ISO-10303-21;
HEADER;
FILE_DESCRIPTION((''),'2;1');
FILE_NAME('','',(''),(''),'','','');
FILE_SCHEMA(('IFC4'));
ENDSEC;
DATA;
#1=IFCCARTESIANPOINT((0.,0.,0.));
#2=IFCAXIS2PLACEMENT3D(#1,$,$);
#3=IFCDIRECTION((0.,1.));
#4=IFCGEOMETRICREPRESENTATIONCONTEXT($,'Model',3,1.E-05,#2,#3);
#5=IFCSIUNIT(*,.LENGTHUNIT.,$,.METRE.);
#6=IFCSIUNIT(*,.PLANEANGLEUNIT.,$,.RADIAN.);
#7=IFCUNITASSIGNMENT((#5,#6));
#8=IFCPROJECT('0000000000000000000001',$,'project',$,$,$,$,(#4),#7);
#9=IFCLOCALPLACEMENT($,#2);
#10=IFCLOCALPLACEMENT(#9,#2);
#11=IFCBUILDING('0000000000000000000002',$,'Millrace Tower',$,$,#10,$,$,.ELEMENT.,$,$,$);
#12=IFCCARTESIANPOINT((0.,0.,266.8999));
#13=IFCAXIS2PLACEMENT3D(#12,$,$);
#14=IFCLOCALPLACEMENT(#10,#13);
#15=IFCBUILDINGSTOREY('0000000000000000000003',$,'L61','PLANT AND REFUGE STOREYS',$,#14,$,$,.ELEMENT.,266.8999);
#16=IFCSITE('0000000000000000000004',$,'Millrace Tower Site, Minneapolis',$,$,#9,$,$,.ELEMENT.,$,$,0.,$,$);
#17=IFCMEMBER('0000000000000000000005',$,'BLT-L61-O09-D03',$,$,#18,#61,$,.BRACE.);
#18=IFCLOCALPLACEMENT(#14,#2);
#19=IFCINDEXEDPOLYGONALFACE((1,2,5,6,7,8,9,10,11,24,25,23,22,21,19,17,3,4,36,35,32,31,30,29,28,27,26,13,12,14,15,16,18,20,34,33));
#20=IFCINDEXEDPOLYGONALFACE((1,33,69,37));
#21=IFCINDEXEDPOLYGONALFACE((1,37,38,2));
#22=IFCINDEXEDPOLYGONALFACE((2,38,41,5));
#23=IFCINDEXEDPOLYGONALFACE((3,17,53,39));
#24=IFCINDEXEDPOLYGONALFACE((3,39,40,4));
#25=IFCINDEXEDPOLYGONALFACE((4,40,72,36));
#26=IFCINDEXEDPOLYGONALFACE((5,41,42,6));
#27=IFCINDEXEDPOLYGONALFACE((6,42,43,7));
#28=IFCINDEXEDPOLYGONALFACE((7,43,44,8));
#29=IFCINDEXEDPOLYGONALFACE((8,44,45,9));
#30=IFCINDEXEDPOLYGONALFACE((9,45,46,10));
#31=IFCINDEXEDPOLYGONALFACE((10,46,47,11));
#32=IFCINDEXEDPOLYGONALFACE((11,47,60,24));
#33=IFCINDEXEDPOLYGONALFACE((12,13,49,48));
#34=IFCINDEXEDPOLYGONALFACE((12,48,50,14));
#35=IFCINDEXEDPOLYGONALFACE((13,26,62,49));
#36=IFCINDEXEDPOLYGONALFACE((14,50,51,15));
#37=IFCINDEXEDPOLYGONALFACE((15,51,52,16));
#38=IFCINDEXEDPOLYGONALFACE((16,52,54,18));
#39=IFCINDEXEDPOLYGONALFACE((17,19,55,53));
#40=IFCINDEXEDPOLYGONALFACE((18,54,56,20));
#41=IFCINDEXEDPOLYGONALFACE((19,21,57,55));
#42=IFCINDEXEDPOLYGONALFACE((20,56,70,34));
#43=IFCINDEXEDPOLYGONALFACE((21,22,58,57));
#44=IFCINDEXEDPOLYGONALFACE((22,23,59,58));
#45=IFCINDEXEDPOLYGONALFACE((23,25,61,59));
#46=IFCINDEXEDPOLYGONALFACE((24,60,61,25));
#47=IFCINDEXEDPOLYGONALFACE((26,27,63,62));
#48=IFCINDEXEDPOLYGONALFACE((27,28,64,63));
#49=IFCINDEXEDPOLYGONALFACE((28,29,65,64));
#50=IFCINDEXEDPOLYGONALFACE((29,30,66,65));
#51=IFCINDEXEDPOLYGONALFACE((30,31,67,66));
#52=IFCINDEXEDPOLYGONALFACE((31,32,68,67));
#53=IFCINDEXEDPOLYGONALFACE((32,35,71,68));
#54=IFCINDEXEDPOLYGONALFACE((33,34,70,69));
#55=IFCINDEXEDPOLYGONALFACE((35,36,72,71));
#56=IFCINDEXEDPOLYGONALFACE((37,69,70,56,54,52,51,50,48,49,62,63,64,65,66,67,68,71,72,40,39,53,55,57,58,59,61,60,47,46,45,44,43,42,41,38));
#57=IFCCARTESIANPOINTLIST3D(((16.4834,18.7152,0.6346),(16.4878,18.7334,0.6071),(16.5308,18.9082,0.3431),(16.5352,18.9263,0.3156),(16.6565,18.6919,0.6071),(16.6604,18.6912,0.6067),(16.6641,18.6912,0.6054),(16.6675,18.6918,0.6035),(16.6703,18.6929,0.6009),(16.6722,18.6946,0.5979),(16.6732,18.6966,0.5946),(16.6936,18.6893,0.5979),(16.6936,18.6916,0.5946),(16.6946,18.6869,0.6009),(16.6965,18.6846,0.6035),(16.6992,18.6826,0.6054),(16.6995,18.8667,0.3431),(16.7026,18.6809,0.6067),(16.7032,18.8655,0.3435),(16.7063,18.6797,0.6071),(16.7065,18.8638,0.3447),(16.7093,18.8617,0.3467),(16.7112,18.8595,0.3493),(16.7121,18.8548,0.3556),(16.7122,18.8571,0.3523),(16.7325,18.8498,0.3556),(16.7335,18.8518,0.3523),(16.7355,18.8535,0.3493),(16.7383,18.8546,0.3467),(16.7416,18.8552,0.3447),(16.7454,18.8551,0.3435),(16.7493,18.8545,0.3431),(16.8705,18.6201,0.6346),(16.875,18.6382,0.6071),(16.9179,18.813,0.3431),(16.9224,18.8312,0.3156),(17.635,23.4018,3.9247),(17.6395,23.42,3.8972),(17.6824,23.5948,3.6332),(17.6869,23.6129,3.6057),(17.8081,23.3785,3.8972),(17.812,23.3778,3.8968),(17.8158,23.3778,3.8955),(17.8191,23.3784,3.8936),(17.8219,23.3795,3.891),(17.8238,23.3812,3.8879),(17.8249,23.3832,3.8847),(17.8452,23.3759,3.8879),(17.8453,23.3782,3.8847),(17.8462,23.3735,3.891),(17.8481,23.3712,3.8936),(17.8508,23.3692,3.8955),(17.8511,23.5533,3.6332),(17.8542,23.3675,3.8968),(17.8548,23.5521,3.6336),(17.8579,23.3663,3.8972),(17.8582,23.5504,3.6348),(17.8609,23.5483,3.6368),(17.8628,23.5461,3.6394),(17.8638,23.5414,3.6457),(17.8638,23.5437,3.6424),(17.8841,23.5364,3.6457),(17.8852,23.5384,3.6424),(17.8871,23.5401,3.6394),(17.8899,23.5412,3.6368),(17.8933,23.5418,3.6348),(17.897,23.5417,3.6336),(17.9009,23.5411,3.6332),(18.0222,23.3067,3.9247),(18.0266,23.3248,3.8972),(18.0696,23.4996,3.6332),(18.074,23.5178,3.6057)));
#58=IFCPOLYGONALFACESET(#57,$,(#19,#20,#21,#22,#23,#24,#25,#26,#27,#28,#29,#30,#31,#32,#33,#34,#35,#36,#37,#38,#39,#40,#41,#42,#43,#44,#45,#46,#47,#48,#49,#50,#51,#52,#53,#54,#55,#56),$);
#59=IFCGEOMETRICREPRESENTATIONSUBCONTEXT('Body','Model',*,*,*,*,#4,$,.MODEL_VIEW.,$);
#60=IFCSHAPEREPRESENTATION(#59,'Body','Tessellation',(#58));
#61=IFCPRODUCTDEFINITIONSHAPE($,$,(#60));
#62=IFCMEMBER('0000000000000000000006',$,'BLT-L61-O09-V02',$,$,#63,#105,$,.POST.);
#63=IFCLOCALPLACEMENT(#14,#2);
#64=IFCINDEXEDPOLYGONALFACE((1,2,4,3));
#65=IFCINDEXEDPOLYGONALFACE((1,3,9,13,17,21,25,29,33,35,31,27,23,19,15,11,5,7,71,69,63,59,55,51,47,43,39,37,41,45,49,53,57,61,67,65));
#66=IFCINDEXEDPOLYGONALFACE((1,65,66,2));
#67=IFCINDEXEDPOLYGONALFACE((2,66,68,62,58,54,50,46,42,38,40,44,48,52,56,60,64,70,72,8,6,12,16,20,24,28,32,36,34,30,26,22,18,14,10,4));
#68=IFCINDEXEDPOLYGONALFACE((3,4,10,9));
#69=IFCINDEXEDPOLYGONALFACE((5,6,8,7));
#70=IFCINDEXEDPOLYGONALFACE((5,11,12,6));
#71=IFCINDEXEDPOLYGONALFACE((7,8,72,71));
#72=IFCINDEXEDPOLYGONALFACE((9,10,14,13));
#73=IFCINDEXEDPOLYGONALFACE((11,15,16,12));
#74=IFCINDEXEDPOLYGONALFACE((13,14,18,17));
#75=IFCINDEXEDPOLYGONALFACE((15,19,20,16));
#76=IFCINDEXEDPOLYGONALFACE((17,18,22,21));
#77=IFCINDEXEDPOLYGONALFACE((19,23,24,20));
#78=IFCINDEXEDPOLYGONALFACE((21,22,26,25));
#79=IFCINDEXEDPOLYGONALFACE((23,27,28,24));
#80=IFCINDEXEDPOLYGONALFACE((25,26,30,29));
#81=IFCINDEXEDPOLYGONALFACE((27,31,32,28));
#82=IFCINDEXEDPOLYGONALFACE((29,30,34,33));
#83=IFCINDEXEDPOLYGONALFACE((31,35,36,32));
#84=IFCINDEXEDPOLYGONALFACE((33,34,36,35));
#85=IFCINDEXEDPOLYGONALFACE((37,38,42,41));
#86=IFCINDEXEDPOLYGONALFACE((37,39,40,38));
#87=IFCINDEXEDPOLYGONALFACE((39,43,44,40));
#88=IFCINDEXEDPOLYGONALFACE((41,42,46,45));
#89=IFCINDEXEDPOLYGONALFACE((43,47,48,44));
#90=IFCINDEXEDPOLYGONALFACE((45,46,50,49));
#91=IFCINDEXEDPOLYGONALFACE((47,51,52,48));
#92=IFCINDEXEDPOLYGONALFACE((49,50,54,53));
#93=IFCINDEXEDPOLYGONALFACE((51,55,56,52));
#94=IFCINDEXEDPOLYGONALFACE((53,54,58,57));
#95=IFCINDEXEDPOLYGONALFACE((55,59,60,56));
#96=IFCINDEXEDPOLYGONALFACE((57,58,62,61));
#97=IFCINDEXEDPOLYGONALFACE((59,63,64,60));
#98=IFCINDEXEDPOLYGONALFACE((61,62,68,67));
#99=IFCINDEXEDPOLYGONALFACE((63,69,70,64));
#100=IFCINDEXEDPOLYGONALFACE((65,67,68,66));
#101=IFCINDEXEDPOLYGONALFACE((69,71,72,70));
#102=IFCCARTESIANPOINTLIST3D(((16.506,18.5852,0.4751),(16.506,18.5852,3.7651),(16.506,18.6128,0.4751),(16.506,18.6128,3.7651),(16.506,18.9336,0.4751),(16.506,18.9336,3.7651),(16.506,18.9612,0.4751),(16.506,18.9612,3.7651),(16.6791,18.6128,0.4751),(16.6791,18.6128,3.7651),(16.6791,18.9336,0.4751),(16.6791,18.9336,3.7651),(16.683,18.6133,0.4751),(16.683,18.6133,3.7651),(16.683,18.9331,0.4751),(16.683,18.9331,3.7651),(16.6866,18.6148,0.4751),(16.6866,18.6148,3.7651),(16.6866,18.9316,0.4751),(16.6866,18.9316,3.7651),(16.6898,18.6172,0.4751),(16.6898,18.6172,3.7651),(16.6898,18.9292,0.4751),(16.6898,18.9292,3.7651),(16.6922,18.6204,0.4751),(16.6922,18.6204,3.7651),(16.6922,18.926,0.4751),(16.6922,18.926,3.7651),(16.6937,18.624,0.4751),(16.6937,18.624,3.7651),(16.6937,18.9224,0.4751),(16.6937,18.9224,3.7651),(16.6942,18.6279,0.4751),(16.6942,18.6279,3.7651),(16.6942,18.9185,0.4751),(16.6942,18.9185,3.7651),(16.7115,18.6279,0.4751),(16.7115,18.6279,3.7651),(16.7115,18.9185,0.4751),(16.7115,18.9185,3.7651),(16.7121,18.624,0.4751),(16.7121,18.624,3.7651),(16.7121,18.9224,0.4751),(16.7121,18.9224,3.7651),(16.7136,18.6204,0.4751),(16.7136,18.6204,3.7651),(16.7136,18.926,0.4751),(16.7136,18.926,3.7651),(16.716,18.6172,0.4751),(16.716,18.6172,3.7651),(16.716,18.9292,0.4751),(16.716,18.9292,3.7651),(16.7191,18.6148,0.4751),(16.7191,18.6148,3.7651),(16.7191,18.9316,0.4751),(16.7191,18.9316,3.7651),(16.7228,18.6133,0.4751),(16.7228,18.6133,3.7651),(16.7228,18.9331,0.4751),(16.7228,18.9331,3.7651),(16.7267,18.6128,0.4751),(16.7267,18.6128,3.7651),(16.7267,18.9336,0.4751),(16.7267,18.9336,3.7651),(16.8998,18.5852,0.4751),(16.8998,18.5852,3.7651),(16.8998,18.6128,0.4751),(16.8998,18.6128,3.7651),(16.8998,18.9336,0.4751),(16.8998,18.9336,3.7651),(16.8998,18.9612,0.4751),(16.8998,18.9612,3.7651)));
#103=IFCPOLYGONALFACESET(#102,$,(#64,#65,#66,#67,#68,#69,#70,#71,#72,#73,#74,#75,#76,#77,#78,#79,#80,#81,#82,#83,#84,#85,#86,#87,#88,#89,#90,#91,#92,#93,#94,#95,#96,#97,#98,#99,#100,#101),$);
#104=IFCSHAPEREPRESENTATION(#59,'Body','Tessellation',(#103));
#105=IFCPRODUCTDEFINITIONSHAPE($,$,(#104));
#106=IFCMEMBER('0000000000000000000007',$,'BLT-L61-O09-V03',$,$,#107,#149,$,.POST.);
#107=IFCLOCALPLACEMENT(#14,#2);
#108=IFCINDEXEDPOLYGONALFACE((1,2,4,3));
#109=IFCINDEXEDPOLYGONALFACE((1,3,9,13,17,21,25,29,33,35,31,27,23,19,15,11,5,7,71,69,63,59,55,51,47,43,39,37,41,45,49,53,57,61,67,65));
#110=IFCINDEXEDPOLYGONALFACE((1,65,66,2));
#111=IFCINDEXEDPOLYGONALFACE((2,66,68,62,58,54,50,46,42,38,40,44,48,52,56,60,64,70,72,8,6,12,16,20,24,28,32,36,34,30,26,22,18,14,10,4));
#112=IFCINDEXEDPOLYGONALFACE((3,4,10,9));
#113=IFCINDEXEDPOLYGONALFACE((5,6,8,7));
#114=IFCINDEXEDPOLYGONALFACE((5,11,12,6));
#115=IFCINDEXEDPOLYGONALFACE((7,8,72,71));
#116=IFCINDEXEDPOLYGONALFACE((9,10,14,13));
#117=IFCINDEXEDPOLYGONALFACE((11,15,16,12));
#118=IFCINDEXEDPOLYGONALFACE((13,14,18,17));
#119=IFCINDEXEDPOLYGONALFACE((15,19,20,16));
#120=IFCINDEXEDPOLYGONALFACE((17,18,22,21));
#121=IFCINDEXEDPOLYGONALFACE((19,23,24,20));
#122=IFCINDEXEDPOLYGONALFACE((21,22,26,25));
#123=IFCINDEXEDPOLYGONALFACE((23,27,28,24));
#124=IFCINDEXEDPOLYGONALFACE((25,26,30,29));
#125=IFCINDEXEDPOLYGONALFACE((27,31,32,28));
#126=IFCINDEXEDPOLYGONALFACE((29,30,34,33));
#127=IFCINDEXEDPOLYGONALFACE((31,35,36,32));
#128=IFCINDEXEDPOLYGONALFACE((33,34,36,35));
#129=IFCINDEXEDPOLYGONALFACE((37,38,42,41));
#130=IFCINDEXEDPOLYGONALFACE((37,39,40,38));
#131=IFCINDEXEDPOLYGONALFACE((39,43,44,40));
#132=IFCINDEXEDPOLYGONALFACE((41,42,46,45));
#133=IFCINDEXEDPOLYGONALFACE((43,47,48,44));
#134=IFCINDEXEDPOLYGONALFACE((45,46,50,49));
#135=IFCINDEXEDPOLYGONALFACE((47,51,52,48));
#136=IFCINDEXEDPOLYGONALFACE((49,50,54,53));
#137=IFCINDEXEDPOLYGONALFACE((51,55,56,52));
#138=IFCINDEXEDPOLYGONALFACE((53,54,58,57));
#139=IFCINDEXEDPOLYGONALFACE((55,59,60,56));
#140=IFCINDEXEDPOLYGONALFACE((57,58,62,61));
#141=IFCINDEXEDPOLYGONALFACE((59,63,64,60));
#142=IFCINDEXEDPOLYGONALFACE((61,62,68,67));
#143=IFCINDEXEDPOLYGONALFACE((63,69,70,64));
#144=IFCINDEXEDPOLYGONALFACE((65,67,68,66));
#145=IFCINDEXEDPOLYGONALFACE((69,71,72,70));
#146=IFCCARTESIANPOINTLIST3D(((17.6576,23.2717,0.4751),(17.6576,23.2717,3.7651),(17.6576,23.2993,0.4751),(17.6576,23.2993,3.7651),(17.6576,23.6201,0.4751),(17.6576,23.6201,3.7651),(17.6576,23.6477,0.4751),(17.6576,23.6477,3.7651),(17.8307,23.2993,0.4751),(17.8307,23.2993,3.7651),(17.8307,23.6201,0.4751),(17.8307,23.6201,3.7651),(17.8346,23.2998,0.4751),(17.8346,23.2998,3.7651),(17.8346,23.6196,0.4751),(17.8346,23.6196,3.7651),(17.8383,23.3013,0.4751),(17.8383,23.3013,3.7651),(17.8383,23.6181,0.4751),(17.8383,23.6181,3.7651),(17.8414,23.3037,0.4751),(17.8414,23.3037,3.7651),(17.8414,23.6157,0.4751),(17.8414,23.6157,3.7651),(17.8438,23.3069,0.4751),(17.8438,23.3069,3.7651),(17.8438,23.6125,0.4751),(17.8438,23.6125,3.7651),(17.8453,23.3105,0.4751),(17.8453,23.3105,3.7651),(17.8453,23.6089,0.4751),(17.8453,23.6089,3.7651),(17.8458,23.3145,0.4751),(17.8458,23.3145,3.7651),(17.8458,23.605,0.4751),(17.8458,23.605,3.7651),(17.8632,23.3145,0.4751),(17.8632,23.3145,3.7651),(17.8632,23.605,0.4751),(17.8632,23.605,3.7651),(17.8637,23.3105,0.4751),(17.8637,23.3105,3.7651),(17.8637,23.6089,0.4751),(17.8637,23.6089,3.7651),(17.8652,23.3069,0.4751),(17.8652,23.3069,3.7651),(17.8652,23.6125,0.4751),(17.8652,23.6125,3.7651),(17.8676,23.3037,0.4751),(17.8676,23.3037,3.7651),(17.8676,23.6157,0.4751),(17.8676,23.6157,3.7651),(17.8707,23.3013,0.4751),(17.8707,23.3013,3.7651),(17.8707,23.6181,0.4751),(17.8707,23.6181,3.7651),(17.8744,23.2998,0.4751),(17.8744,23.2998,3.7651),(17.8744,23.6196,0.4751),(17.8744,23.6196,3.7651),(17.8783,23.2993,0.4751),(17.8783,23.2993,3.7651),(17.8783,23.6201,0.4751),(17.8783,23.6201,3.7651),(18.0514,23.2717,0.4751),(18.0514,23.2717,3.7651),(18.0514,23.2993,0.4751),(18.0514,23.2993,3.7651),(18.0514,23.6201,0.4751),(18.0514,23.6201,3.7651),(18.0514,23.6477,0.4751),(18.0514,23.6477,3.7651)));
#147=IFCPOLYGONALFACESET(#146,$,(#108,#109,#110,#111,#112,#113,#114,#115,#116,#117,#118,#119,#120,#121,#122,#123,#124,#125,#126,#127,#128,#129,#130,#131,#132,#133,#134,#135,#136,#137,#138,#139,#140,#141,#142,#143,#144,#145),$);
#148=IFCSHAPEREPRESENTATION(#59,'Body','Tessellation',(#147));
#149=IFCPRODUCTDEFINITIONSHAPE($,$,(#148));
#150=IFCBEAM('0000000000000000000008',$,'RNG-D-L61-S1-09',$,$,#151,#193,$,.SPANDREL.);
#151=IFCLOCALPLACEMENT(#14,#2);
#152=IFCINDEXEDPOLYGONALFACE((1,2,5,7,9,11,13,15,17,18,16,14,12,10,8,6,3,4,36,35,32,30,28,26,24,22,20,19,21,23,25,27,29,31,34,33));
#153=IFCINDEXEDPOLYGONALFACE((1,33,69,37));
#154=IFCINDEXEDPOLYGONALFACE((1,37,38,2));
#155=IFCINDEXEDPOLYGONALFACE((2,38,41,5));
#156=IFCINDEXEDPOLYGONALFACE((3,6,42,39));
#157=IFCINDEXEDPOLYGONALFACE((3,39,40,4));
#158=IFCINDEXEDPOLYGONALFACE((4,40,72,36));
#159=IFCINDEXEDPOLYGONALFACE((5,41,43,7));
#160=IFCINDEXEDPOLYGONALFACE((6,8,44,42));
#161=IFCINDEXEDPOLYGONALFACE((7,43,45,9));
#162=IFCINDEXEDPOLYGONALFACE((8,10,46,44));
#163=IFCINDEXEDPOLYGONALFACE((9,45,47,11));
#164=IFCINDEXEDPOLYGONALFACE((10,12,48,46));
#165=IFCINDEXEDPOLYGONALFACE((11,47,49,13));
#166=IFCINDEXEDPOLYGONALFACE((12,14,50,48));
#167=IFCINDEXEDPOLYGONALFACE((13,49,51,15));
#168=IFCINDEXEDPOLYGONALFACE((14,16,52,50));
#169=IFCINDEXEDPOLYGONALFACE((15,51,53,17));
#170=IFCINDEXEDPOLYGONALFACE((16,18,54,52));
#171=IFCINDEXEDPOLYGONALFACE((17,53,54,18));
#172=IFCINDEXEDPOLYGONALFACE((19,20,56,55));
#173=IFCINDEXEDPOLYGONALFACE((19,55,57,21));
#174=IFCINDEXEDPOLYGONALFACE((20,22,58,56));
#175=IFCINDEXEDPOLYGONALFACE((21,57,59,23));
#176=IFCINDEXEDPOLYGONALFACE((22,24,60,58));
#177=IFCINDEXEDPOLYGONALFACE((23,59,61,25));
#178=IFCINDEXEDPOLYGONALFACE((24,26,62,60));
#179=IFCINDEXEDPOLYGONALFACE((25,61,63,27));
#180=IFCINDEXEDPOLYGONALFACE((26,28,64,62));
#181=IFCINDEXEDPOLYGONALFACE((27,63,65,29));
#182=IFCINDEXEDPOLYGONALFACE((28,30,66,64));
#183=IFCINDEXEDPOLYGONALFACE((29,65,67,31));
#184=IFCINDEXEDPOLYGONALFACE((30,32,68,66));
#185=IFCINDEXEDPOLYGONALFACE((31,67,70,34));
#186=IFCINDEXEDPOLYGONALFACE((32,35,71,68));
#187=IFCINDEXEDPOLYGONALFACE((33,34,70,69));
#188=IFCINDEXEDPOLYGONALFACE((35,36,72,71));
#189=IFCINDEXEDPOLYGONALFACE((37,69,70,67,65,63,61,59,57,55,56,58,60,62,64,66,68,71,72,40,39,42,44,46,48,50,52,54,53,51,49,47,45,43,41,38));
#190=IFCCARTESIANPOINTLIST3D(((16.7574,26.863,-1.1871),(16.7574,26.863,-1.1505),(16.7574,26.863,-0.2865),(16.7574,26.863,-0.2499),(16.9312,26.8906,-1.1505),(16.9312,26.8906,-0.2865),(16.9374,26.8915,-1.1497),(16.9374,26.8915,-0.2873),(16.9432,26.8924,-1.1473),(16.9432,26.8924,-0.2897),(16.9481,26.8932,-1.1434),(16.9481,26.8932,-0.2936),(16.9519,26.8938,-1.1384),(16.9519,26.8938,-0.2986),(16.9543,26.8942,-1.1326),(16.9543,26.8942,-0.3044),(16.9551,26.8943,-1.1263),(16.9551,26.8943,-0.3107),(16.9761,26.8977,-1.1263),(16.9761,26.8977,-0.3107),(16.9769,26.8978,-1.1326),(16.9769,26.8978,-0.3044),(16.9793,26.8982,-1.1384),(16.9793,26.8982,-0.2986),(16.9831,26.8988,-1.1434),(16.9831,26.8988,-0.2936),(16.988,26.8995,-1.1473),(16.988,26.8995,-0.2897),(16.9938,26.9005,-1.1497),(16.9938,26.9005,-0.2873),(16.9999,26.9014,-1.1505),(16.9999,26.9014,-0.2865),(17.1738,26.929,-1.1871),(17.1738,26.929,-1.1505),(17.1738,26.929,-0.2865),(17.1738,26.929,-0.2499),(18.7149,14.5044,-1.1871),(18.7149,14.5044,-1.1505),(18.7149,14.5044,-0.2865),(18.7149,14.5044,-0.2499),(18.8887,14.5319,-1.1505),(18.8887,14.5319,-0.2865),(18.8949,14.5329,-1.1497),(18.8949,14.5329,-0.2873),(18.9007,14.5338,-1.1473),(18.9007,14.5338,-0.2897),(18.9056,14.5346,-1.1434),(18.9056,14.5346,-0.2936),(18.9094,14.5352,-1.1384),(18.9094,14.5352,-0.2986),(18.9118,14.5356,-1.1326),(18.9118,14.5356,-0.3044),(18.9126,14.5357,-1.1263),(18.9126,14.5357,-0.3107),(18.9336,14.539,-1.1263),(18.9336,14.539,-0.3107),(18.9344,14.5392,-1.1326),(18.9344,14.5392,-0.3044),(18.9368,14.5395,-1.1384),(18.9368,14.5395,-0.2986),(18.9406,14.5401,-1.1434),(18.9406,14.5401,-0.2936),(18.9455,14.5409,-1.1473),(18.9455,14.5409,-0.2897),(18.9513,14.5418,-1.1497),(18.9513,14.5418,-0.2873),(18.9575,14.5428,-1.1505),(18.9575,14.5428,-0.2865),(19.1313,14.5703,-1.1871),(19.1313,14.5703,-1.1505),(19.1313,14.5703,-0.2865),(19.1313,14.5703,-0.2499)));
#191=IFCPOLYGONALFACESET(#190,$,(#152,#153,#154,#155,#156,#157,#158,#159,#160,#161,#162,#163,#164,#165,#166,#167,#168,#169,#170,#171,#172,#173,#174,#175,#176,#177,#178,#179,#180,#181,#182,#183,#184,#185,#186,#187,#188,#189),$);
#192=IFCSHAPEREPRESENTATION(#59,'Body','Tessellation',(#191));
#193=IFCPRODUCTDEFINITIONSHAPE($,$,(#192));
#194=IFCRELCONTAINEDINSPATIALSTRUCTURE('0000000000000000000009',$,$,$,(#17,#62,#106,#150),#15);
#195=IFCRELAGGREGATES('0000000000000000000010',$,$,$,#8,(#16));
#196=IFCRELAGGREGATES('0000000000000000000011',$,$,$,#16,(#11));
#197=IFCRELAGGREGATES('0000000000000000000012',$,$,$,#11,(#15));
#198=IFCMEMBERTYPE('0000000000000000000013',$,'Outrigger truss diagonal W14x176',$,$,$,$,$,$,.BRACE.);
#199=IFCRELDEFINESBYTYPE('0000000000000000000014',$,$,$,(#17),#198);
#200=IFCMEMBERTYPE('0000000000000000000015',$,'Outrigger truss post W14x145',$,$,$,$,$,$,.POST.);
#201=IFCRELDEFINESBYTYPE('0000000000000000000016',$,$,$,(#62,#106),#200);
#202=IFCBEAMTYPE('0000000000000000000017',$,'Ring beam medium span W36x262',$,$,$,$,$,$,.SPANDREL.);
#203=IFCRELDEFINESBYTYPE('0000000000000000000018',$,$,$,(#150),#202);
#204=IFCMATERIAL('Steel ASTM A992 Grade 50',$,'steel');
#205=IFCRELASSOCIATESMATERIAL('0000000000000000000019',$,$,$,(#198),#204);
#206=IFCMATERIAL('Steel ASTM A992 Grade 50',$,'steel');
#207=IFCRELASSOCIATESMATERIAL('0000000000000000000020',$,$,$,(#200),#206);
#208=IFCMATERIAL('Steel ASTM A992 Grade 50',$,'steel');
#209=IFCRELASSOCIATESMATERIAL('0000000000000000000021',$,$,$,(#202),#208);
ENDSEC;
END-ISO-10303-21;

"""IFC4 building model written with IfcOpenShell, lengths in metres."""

from ifc_helpers import new_model, si_unit, direction, frame, origin, origin_2d, place, context, subcontext, project, spatial, i_section, extrude, material, material_profile, profile_set, type_object, element, save


model = new_model("IFC4")

# Units and contexts
model_context = context("Model", 3, precision=1e-05, world=origin(), true_north=direction((0.0, 1.0)))
body_context = subcontext(model_context, "Body", "Model", "MODEL_VIEW")
ifc_project = project(units=[si_unit("LENGTHUNIT", "METRE"), si_unit("PLANEANGLEUNIT", "RADIAN")], contexts=[model_context])

# Site, building, storey
site_placement = place(None, origin())
site = spatial("IfcSite", under=ifc_project, at=site_placement, Name="Millrace Tower Site, Minneapolis", CompositionType="ELEMENT", RefElevation=0.0)
building_placement = place(site_placement, origin())
building = spatial("IfcBuilding", under=site, at=building_placement, Name="Millrace Tower", CompositionType="ELEMENT")
storey_placement = place(building_placement, frame((0.0, 0.0, 266.8999)))
storey = spatial("IfcBuildingStorey", under=building, at=storey_placement, Name="L61", Description="PLANT AND REFUGE STOREYS", CompositionType="ELEMENT", Elevation=266.8999)

# Members
ifc_material_1 = material(Name="Steel ASTM A992 Grade 50", Category="steel")
ifc_material_profile_1 = material_profile(ifc_material_1, i_section(OverallWidth=0.3987, OverallDepth=0.386, WebThickness=0.021, FlangeThickness=0.0332, FilletRadius=0.0151, at=origin_2d()))
ifc_profile_set_1 = profile_set([ifc_material_profile_1], Name="Steel ASTM A992 Grade 50")
member_type_1 = type_object("IfcMemberType", Name="Outrigger truss diagonal W14x176", PredefinedType="BRACE", material=ifc_profile_set_1)
member_1_placement = place(storey_placement, frame((16.7029, 18.7732, 0.4751), z_axis=(0.197169, 0.802387, 0.563293), x_axis=(-0.971111, 0.238629, 0.0)))
element("IfcMember", 1, at=member_1_placement, inside=storey, type_object=member_type_1, Name="BLT-L61-O09-D03", PredefinedType="BRACE", context=body_context, shape_type="SweptSolid", body=[
    extrude(i_section(OverallWidth=0.3987, OverallDepth=0.386, WebThickness=0.021, FlangeThickness=0.0332, FilletRadius=0.0151, at=origin_2d()), origin(), (0.0, 0.0, 1.0), 5.8408),
])
ifc_material_2 = material(Name="Steel ASTM A992 Grade 50", Category="steel")
ifc_material_profile_2 = material_profile(ifc_material_2, i_section(OverallWidth=0.3938, OverallDepth=0.376, WebThickness=0.0173, FlangeThickness=0.0276, FilletRadius=0.0151, at=origin_2d()))
ifc_profile_set_2 = profile_set([ifc_material_profile_2], Name="Steel ASTM A992 Grade 50")
member_type_2 = type_object("IfcMemberType", Name="Outrigger truss post W14x145", PredefinedType="POST", material=ifc_profile_set_2)
for number, where, z_axis, x_axis, name in (
    (2, (16.7029, 18.7732, 0.4751), (0.0, 0.0, 1.0), (1.0, 0.0, 0.0), "BLT-L61-O09-V02"),
    (3, (17.8545, 23.4597, 0.4751), (0.0, 0.0, 1.0), (1.0, 0.0, 0.0), "BLT-L61-O09-V03"),
):
    element("IfcMember", number, at=place(storey_placement, frame(where, z_axis=z_axis, x_axis=x_axis)), inside=storey, type_object=member_type_2, Name=name, PredefinedType="POST", context=body_context, shape_type="SweptSolid", body=[
        extrude(i_section(OverallWidth=0.3938, OverallDepth=0.376, WebThickness=0.0173, FlangeThickness=0.0276, FilletRadius=0.0151, at=origin_2d()), origin(), (0.0, 0.0, 1.0), 3.29),
    ])

# Beam
ifc_material_3 = material(Name="Steel ASTM A992 Grade 50", Category="steel")
ifc_material_profile_3 = material_profile(ifc_material_3, i_section(OverallWidth=0.4216, OverallDepth=0.9373, WebThickness=0.0212, FlangeThickness=0.0366, FilletRadius=0.0242, at=origin_2d()))
ifc_profile_set_3 = profile_set([ifc_material_profile_3], Name="Steel ASTM A992 Grade 50")
beam_type_1 = type_object("IfcBeamType", Name="Ring beam medium span W36x262", PredefinedType="SPANDREL", material=ifc_profile_set_3)
beam_1_placement = place(storey_placement, frame((16.9656, 26.896, -0.7185), z_axis=(0.156442, -0.987687, 0.0), x_axis=(0.987687, 0.156442, 0.0)))
element("IfcBeam", 4, at=beam_1_placement, inside=storey, type_object=beam_type_1, Name="RNG-D-L61-S1-09", PredefinedType="SPANDREL", context=body_context, shape_type="SweptSolid", body=[
    extrude(i_section(OverallWidth=0.4216, OverallDepth=0.9373, WebThickness=0.0212, FlangeThickness=0.0366, FilletRadius=0.0242, at=origin_2d()), origin(), (0.0, 0.0, 1.0), 12.5127),
])

save(model, "model.ifc")
